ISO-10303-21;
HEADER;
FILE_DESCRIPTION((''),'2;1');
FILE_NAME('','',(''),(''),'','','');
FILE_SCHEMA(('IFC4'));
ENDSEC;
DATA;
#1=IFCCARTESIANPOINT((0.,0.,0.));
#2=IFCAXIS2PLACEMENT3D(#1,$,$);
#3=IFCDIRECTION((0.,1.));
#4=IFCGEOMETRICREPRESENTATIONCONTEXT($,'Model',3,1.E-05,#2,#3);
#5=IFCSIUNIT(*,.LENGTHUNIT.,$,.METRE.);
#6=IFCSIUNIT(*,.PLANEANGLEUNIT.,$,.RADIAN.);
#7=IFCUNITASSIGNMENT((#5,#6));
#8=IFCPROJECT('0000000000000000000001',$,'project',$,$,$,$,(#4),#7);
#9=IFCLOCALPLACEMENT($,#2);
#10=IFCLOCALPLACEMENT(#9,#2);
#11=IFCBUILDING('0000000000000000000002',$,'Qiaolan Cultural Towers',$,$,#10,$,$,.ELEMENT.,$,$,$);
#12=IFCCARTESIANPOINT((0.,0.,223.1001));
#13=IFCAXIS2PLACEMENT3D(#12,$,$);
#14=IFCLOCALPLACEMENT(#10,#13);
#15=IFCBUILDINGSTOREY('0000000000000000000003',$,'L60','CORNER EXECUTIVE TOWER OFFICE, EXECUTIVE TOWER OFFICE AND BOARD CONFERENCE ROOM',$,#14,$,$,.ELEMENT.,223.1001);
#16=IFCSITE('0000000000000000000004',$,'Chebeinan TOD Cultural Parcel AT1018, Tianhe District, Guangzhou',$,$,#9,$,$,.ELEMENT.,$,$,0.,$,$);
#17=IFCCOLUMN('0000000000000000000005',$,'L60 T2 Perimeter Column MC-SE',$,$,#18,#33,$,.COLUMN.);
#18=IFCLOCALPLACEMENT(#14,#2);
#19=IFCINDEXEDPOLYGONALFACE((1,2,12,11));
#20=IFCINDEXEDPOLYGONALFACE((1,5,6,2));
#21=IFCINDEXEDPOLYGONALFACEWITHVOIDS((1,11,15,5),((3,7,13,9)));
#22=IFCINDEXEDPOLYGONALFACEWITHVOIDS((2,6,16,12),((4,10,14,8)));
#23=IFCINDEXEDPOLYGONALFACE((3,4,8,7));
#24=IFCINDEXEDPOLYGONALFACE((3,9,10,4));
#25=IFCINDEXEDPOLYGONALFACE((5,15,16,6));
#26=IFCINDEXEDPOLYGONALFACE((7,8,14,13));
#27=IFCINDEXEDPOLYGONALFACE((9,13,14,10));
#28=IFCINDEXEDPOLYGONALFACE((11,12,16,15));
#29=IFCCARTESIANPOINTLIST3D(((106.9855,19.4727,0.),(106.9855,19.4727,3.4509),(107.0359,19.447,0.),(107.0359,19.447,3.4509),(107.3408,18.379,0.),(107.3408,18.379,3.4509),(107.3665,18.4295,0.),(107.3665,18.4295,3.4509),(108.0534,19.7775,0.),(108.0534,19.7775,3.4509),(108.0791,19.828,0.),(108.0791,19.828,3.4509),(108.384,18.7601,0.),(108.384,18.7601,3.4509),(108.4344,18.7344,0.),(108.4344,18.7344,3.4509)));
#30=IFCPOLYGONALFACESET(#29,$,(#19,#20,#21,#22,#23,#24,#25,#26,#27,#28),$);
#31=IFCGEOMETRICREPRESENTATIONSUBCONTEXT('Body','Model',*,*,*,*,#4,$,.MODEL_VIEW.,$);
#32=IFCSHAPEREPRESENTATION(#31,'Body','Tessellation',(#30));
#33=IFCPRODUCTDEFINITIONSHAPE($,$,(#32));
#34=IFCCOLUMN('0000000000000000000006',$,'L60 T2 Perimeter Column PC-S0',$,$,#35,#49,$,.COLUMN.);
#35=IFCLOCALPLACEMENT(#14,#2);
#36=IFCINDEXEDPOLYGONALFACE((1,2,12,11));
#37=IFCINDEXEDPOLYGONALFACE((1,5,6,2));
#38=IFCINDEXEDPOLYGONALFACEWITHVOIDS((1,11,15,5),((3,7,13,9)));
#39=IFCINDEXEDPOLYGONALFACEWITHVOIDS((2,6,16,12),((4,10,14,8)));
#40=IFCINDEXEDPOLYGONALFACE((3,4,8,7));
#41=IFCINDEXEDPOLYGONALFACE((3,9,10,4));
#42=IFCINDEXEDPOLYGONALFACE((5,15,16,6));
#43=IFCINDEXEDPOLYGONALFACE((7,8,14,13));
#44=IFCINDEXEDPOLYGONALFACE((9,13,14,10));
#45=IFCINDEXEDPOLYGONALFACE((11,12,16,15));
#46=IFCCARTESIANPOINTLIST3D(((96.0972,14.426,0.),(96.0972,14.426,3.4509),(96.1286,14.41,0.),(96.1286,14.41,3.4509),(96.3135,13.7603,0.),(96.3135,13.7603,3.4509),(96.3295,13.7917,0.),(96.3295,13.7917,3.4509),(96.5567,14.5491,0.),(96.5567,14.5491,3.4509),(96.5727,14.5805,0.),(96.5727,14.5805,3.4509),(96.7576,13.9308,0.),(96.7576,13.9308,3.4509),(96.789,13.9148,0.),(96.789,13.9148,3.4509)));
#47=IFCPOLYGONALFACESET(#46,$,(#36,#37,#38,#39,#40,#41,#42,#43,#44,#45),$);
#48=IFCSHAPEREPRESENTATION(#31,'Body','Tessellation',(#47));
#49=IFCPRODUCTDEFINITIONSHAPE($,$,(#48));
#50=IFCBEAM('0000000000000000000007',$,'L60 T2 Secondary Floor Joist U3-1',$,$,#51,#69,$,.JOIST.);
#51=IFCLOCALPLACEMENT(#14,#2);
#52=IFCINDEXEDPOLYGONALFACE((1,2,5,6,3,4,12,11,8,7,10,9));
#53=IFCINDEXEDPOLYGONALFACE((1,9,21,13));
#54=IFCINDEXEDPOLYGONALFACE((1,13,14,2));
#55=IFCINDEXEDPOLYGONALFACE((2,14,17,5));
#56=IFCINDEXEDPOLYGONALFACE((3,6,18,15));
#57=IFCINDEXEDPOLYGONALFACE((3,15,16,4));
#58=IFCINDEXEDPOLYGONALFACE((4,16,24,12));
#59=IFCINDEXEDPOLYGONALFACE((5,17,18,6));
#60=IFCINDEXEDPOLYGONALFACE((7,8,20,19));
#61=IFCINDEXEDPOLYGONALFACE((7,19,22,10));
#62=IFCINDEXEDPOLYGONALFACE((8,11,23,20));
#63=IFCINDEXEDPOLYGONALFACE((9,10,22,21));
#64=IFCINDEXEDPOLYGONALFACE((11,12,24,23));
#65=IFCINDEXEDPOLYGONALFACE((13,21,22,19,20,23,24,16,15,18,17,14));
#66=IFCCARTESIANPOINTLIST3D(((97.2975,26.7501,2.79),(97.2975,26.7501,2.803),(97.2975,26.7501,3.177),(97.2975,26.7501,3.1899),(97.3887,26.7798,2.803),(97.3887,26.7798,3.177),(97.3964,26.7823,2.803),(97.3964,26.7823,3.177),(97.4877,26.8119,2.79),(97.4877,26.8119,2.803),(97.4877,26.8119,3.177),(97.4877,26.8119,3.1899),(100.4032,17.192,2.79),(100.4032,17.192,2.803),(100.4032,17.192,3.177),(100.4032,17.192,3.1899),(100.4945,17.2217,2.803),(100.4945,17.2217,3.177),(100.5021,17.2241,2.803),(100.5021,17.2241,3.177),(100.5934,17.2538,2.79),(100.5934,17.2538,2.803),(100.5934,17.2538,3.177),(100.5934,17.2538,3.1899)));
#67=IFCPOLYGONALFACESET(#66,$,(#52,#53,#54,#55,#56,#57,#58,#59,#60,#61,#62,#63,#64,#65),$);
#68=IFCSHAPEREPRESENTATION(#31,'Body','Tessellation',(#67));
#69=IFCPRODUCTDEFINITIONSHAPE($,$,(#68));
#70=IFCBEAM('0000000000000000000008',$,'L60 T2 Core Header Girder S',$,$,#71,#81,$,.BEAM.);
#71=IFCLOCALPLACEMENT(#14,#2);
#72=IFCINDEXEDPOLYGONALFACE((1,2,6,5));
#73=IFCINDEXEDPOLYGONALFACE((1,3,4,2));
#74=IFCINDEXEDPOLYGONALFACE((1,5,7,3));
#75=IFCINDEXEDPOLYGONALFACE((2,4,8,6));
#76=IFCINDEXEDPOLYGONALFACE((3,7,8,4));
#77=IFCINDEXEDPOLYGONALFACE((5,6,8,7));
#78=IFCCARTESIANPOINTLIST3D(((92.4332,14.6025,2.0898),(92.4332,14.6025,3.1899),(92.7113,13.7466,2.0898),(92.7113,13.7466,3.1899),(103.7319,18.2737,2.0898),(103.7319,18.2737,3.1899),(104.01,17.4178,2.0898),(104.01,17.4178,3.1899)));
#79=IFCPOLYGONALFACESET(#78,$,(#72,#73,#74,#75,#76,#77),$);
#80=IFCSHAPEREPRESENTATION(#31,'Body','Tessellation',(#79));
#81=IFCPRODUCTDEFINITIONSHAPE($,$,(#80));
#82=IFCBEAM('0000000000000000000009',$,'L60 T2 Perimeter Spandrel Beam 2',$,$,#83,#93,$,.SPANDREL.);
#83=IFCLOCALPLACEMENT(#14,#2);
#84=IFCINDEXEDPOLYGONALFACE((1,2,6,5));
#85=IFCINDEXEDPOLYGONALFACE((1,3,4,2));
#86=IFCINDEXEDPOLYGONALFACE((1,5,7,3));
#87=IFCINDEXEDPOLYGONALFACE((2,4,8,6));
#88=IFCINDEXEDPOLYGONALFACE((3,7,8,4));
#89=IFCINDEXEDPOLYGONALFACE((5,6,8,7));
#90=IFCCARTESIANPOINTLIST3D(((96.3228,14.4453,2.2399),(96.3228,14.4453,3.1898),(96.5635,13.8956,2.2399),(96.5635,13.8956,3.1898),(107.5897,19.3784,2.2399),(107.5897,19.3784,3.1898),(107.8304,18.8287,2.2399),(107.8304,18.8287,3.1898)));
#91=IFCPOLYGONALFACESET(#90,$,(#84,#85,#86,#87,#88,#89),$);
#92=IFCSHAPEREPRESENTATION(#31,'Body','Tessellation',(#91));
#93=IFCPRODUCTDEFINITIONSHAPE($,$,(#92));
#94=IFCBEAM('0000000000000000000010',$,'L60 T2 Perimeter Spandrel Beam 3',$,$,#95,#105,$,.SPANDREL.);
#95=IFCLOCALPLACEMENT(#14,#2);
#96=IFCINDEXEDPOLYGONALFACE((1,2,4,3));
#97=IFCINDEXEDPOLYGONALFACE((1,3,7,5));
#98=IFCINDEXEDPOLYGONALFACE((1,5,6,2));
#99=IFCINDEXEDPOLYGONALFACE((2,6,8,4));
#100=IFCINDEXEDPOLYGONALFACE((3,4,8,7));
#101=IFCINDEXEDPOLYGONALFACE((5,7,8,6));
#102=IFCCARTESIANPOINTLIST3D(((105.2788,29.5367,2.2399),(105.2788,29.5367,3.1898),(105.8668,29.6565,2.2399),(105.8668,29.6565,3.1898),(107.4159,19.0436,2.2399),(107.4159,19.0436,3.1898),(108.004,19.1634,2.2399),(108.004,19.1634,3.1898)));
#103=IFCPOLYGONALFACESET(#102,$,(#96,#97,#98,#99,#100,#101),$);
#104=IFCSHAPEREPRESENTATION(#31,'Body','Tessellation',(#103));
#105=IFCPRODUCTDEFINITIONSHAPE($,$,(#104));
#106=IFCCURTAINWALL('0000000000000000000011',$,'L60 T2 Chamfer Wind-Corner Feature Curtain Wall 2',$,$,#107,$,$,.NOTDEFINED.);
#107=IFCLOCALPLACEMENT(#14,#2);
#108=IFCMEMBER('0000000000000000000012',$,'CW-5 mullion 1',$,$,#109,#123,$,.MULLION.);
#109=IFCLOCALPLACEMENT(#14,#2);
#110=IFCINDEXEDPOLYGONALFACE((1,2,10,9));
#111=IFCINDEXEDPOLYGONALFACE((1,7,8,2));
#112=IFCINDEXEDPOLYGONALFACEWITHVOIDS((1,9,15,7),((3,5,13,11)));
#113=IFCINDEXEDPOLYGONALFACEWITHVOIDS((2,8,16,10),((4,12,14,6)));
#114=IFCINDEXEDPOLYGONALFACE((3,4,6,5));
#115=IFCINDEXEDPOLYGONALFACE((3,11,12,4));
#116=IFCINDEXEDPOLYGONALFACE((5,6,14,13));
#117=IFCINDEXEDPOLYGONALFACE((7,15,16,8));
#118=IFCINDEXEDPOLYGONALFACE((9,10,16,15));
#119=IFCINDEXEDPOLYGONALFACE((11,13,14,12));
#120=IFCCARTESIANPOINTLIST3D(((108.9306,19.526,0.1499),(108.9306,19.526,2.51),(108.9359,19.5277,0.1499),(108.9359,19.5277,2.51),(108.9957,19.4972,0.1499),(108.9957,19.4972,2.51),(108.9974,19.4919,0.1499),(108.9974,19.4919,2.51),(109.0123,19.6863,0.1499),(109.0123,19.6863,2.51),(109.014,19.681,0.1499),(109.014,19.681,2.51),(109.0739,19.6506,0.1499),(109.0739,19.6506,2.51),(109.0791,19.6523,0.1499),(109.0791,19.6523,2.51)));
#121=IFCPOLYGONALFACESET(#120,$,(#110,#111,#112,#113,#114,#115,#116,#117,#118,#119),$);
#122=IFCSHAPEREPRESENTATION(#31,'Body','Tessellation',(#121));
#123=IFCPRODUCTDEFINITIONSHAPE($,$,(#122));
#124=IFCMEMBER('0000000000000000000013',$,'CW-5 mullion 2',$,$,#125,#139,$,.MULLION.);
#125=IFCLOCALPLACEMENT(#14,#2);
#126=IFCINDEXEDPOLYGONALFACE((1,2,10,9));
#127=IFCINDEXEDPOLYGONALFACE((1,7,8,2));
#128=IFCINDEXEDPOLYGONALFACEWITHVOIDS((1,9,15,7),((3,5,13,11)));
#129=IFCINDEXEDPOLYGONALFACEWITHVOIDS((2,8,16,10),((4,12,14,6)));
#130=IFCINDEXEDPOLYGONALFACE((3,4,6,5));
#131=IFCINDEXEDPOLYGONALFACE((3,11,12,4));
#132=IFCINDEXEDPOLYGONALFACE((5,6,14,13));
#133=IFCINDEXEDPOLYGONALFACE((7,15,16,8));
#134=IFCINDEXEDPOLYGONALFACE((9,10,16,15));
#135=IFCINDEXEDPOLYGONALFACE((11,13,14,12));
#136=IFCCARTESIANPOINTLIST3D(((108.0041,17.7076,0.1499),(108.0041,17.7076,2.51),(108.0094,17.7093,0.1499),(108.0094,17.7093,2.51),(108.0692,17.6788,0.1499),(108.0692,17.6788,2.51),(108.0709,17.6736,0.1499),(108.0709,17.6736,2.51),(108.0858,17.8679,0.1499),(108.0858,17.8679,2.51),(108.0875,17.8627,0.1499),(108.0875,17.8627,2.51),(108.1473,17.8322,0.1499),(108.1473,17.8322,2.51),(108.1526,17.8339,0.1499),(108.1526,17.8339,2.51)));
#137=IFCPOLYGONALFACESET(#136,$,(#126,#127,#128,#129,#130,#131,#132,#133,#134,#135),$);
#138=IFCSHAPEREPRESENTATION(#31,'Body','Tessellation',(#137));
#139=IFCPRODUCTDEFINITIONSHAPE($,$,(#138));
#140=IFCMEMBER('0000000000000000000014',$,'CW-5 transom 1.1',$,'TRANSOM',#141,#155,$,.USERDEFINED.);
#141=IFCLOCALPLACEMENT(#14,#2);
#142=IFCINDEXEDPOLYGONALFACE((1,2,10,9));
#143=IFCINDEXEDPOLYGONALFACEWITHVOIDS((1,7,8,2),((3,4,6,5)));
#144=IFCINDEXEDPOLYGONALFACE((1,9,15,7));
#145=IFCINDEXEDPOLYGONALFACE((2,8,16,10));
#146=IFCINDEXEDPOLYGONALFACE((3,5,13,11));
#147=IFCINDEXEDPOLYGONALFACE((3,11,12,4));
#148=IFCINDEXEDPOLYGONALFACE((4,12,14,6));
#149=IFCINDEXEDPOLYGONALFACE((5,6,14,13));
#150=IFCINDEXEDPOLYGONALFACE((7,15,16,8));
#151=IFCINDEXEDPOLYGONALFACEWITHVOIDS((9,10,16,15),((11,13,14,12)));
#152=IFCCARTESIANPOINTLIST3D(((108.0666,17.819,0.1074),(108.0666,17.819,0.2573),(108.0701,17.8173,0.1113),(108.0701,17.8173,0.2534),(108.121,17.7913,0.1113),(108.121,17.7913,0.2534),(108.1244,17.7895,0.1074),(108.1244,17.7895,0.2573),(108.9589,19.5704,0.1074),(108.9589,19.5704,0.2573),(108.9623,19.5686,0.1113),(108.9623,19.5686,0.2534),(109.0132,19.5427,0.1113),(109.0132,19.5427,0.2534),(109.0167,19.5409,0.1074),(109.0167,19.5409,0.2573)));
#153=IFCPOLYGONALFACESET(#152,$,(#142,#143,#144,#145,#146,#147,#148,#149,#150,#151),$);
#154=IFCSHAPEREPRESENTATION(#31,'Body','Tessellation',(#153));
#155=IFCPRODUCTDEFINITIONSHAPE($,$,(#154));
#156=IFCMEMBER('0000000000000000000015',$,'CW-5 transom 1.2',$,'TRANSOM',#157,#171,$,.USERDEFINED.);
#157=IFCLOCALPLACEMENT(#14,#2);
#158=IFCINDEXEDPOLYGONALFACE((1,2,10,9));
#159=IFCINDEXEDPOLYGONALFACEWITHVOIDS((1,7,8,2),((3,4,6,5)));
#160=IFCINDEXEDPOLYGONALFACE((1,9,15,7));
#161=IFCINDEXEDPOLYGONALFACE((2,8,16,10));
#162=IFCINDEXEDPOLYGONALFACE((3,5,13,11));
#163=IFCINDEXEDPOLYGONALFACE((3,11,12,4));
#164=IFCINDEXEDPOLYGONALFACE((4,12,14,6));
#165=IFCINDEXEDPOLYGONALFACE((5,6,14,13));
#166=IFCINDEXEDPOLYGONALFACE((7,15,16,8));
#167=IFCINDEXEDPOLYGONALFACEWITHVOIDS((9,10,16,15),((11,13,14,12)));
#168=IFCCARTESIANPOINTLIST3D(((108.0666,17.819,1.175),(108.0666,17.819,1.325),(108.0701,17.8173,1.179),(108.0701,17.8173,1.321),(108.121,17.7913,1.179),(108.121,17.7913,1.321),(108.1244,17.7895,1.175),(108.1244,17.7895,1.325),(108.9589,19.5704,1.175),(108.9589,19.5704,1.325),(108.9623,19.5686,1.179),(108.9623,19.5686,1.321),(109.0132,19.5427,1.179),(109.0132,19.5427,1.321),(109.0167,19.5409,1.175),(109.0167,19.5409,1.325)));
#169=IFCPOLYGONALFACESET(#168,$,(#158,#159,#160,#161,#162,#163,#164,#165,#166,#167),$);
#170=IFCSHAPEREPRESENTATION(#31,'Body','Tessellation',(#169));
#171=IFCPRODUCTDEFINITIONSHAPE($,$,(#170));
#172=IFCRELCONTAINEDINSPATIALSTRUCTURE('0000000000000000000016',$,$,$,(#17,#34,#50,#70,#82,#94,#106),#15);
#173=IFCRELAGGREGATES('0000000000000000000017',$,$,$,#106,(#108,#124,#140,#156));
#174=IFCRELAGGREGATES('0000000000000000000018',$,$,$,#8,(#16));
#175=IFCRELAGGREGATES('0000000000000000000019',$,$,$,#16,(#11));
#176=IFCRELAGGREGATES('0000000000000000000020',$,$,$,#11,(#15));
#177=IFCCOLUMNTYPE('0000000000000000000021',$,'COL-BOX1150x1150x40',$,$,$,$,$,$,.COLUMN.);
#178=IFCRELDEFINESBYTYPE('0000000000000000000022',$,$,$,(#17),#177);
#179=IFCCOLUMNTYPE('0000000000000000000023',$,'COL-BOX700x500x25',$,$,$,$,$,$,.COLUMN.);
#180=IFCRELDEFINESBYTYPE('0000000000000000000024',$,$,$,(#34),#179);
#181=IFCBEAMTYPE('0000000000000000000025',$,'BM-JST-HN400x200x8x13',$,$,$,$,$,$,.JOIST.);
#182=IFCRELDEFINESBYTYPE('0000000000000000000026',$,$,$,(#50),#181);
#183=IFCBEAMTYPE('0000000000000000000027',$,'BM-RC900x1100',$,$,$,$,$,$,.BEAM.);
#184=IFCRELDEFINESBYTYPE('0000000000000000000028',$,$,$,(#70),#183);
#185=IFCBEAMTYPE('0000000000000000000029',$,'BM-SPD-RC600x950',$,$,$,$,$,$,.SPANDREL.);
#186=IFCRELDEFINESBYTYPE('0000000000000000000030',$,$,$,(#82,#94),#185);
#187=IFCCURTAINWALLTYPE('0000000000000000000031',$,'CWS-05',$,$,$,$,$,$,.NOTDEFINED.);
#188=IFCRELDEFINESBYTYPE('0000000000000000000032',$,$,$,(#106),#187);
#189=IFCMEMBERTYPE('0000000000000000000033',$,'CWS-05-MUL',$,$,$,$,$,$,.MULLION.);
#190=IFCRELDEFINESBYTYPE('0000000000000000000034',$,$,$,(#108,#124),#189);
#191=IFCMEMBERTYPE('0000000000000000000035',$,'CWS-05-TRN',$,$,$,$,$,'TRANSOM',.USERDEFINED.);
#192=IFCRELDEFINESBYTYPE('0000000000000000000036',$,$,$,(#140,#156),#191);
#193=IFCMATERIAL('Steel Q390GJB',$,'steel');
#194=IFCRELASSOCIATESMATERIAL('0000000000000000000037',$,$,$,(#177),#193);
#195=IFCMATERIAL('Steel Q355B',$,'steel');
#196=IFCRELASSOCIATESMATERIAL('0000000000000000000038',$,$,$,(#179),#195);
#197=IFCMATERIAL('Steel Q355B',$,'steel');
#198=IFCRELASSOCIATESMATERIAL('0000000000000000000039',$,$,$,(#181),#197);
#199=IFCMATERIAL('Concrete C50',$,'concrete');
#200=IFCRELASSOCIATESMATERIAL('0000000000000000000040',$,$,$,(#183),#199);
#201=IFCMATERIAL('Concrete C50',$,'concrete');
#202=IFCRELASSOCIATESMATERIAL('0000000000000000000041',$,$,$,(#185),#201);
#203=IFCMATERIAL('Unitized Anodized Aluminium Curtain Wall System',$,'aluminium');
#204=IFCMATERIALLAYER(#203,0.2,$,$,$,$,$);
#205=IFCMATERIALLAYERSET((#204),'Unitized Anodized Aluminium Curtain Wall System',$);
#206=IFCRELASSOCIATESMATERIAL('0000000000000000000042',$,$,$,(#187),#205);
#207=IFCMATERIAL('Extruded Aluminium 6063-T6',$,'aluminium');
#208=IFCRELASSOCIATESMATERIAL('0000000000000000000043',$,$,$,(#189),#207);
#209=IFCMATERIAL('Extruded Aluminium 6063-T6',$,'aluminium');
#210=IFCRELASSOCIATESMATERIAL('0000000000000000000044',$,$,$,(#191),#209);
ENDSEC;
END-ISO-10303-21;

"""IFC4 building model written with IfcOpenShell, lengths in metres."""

from ifc_helpers import new_model, si_unit, direction, frame, origin, origin_2d, place, context, subcontext, project, spatial, rectangle, hollow_rectangle, i_section, extrude, material, layer, layer_set, material_profile, profile_set, type_object, element, aggregate, save


model = new_model("IFC4")

# Units and contexts
model_context = context("Model", 3, precision=1e-05, world=origin(), true_north=direction((0.0, 1.0)))
body_context = subcontext(model_context, "Body", "Model", "MODEL_VIEW")
ifc_project = project(units=[si_unit("LENGTHUNIT", "METRE"), si_unit("PLANEANGLEUNIT", "RADIAN")], contexts=[model_context])

# Site, building, storey
site_placement = place(None, origin())
site = spatial("IfcSite", under=ifc_project, at=site_placement, Name="Chebeinan TOD Cultural Parcel AT1018, Tianhe District, Guangzhou", CompositionType="ELEMENT", RefElevation=0.0)
building_placement = place(site_placement, origin())
building = spatial("IfcBuilding", under=site, at=building_placement, Name="Qiaolan Cultural Towers", CompositionType="ELEMENT")
storey_placement = place(building_placement, frame((0.0, 0.0, 223.1001)))
storey = spatial("IfcBuildingStorey", under=building, at=storey_placement, Name="L60", Description="CORNER EXECUTIVE TOWER OFFICE, EXECUTIVE TOWER OFFICE AND BOARD CONFERENCE ROOM", CompositionType="ELEMENT", Elevation=223.1001)

# Columns
ifc_material_1 = material(Name="Steel Q390GJB", Category="steel")
ifc_material_profile_1 = material_profile(ifc_material_1, hollow_rectangle(XDim=1.1499, YDim=1.1499, WallThickness=0.04, at=origin_2d()), Name="BOX1150x1150x40")
ifc_profile_set_1 = profile_set([ifc_material_profile_1], Name="Steel Q390GJB")
column_type_1 = type_object("IfcColumnType", Name="COL-BOX1150x1150x40", PredefinedType="COLUMN", material=ifc_profile_set_1)
column_1_placement = place(storey_placement, frame((107.71, 19.1035, 0.0), z_axis=(0.0, 0.0, 1.0), x_axis=(0.951057, 0.309017, 0.0)))
element("IfcColumn", 1, at=column_1_placement, inside=storey, type_object=column_type_1, Name="L60 T2 Perimeter Column MC-SE", PredefinedType="COLUMN", context=body_context, shape_type="SweptSolid", body=[
    extrude(hollow_rectangle(XDim=1.1499, YDim=1.1499, WallThickness=0.04, at=origin_2d()), origin(), (0.0, 0.0, 1.0), 3.4509),
])
ifc_material_2 = material(Name="Steel Q355B", Category="steel")
ifc_material_profile_2 = material_profile(ifc_material_2, hollow_rectangle(XDim=0.5, YDim=0.7, WallThickness=0.0249, at=origin_2d()), Name="BOX700x500x25")
ifc_profile_set_2 = profile_set([ifc_material_profile_2], Name="Steel Q355B")
column_type_2 = type_object("IfcColumnType", Name="COL-BOX700x500x25", PredefinedType="COLUMN", material=ifc_profile_set_2)
column_2_placement = place(storey_placement, frame((96.4431, 14.1704, 0.0), z_axis=(0.0, 0.0, 1.0), x_axis=(0.951057, 0.309017, 0.0)))
element("IfcColumn", 2, at=column_2_placement, inside=storey, type_object=column_type_2, Name="L60 T2 Perimeter Column PC-S0", PredefinedType="COLUMN", context=body_context, shape_type="SweptSolid", body=[
    extrude(hollow_rectangle(XDim=0.5, YDim=0.7, WallThickness=0.0249, at=origin_2d()), origin(), (0.0, 0.0, 1.0), 3.4509),
])

# Beams
ifc_material_3 = material(Name="Steel Q355B", Category="steel")
ifc_material_profile_3 = material_profile(ifc_material_3, i_section(OverallWidth=0.2, OverallDepth=0.3999, WebThickness=0.0081, FlangeThickness=0.0129, at=origin_2d()), Name="HN400x200x8x13")
ifc_profile_set_3 = profile_set([ifc_material_profile_3], Name="Steel Q355B")
beam_type_1 = type_object("IfcBeamType", Name="BM-JST-HN400x200x8x13", PredefinedType="JOIST", material=ifc_profile_set_3)
beam_1_placement = place(storey_placement, frame((100.4983, 17.2229, 2.99), z_axis=(-0.309026, 0.951054, 0.0), x_axis=(-0.951054, -0.309026, 0.0)))
element("IfcBeam", 3, at=beam_1_placement, inside=storey, type_object=beam_type_1, Name="L60 T2 Secondary Floor Joist U3-1", PredefinedType="JOIST", context=body_context, shape_type="SweptSolid", body=[
    extrude(i_section(OverallWidth=0.2, OverallDepth=0.3999, WebThickness=0.0081, FlangeThickness=0.0129, at=origin_2d()), origin(), (0.0, 0.0, 1.0), 10.05),
])
ifc_material_4 = material(Name="Concrete C50", Category="concrete")
ifc_material_profile_4 = material_profile(ifc_material_4, rectangle(XDim=0.8999, YDim=1.1001, at=origin_2d()), Name="RC900x1100")
ifc_profile_set_4 = profile_set([ifc_material_profile_4], Name="Concrete C50")
beam_type_2 = type_object("IfcBeamType", Name="BM-RC900x1100", PredefinedType="BEAM", material=ifc_profile_set_4)
beam_2_placement = place(storey_placement, frame((92.5723, 14.1746, 2.6399), z_axis=(0.951056, 0.309018, 0.0), x_axis=(-0.309018, 0.951056, 0.0)))
element("IfcBeam", 4, at=beam_2_placement, inside=storey, type_object=beam_type_2, Name="L60 T2 Core Header Girder S", PredefinedType="BEAM", context=body_context, shape_type="SweptSolid", body=[
    extrude(rectangle(XDim=0.8999, YDim=1.1001, at=origin_2d()), origin(), (0.0, 0.0, 1.0), 11.8801),
])
ifc_material_5 = material(Name="Concrete C50", Category="concrete")
ifc_material_profile_5 = material_profile(ifc_material_5, rectangle(XDim=0.6001, YDim=0.95, at=origin_2d()), Name="RC600x950")
ifc_profile_set_5 = profile_set([ifc_material_profile_5], Name="Concrete C50")
beam_type_3 = type_object("IfcBeamType", Name="BM-SPD-RC600x950", PredefinedType="SPANDREL", material=ifc_profile_set_5)
beam_3_placement = place(storey_placement, frame((96.4431, 14.1704, 2.7148), z_axis=(0.916042, 0.401082, 0.0), x_axis=(-0.401082, 0.916042, 0.0)))
element("IfcBeam", 5, at=beam_3_placement, inside=storey, type_object=beam_type_3, Name="L60 T2 Perimeter Spandrel Beam 2", PredefinedType="SPANDREL", context=body_context, shape_type="SweptSolid", body=[
    extrude(rectangle(XDim=0.6001, YDim=0.95, at=origin_2d()), origin(), (0.0, 0.0, 1.0), 12.2996),
])
beam_4_placement = place(storey_placement, frame((107.71, 19.1035, 2.7148), z_axis=(-0.199579, 0.979882, 0.0), x_axis=(-0.979882, -0.199579, 0.0)))
element("IfcBeam", 6, at=beam_4_placement, inside=storey, type_object=beam_type_3, Name="L60 T2 Perimeter Spandrel Beam 3", PredefinedType="SPANDREL", context=body_context, shape_type="SweptSolid", body=[
    extrude(rectangle(XDim=0.6001, YDim=0.95, at=origin_2d()), origin(), (0.0, 0.0, 1.0), 10.7085),
])

# Curtain wall, members
ifc_material_6 = material(Name="Unitized Anodized Aluminium Curtain Wall System", Category="aluminium")
ifc_layer_1 = layer(ifc_material_6, 0.2)
ifc_layer_set_1 = layer_set([ifc_layer_1], Name="Unitized Anodized Aluminium Curtain Wall System")
curtain_wall_type = type_object("IfcCurtainWallType", Name="CWS-05", PredefinedType="NOTDEFINED", material=ifc_layer_set_1)
curtain_wall_placement = place(storey_placement, origin())
curtain_wall = element("IfcCurtainWall", 7, at=curtain_wall_placement, inside=storey, type_object=curtain_wall_type, Name="L60 T2 Chamfer Wind-Corner Feature Curtain Wall 2", PredefinedType="NOTDEFINED")
ifc_material_7 = material(Name="Extruded Aluminium 6063-T6", Category="aluminium")
ifc_material_profile_6 = material_profile(ifc_material_7, hollow_rectangle(XDim=0.075, YDim=0.1799, WallThickness=0.0039, at=origin_2d()), Name="CWM-180x75x4")
ifc_profile_set_6 = profile_set([ifc_material_profile_6], Name="Extruded Aluminium 6063-T6")
member_type_1 = type_object("IfcMemberType", Name="CWS-05-MUL", PredefinedType="MULLION", material=ifc_profile_set_6)
member_1_placement = place(storey_placement, frame((109.0049, 19.5891, 0.1499), z_axis=(0.0, 0.0, 1.0), x_axis=(0.891007, -0.45399, 0.0)))
member_1 = element("IfcMember", 8, at=member_1_placement, type_object=member_type_1, Name="CW-5 mullion 1", PredefinedType="MULLION", context=body_context, shape_type="SweptSolid", body=[
    extrude(hollow_rectangle(XDim=0.075, YDim=0.1799, WallThickness=0.0039, at=origin_2d()), origin(), (0.0, 0.0, 1.0), 2.3601),
])
member_2_placement = place(storey_placement, frame((108.0784, 17.7708, 0.1499), z_axis=(0.0, 0.0, 1.0), x_axis=(0.891007, -0.45399, 0.0)))
member_2 = element("IfcMember", 9, at=member_2_placement, type_object=member_type_1, Name="CW-5 mullion 2", PredefinedType="MULLION", context=body_context, shape_type="SweptSolid", body=[
    extrude(hollow_rectangle(XDim=0.075, YDim=0.1799, WallThickness=0.0039, at=origin_2d()), origin(), (0.0, 0.0, 1.0), 2.3601),
])
ifc_material_8 = material(Name="Extruded Aluminium 6063-T6", Category="aluminium")
ifc_material_profile_7 = material_profile(ifc_material_8, hollow_rectangle(XDim=0.0649, YDim=0.1499, WallThickness=0.0039, at=origin_2d()), Name="CWT-150x65x4")
ifc_profile_set_7 = profile_set([ifc_material_profile_7], Name="Extruded Aluminium 6063-T6")
member_type_2 = type_object("IfcMemberType", Name="CWS-05-TRN", ElementType="TRANSOM", PredefinedType="USERDEFINED", material=ifc_profile_set_7)
member_3_placement = place(storey_placement, frame((108.9878, 19.5557, 0.1824), z_axis=(-0.453957, -0.891023, 0.0), x_axis=(0.891023, -0.453957, 0.0)))
member_3 = element("IfcMember", 10, at=member_3_placement, type_object=member_type_2, Name="CW-5 transom 1.1", ObjectType="TRANSOM", PredefinedType="USERDEFINED", context=body_context, shape_type="SweptSolid", body=[
    extrude(hollow_rectangle(XDim=0.0649, YDim=0.1499, WallThickness=0.0039, at=origin_2d()), origin(), (0.0, 0.0, 1.0), 1.9656),
])
member_4_placement = place(storey_placement, frame((108.9878, 19.5557, 1.25), z_axis=(-0.453957, -0.891023, 0.0), x_axis=(0.891023, -0.453957, 0.0)))
member_4 = element("IfcMember", 11, at=member_4_placement, type_object=member_type_2, Name="CW-5 transom 1.2", ObjectType="TRANSOM", PredefinedType="USERDEFINED", context=body_context, shape_type="SweptSolid", body=[
    extrude(hollow_rectangle(XDim=0.0649, YDim=0.1499, WallThickness=0.0039, at=origin_2d()), origin(), (0.0, 0.0, 1.0), 1.9656),
])
aggregate(curtain_wall, [member_1, member_2, member_3, member_4])

save(model, "model.ifc")
